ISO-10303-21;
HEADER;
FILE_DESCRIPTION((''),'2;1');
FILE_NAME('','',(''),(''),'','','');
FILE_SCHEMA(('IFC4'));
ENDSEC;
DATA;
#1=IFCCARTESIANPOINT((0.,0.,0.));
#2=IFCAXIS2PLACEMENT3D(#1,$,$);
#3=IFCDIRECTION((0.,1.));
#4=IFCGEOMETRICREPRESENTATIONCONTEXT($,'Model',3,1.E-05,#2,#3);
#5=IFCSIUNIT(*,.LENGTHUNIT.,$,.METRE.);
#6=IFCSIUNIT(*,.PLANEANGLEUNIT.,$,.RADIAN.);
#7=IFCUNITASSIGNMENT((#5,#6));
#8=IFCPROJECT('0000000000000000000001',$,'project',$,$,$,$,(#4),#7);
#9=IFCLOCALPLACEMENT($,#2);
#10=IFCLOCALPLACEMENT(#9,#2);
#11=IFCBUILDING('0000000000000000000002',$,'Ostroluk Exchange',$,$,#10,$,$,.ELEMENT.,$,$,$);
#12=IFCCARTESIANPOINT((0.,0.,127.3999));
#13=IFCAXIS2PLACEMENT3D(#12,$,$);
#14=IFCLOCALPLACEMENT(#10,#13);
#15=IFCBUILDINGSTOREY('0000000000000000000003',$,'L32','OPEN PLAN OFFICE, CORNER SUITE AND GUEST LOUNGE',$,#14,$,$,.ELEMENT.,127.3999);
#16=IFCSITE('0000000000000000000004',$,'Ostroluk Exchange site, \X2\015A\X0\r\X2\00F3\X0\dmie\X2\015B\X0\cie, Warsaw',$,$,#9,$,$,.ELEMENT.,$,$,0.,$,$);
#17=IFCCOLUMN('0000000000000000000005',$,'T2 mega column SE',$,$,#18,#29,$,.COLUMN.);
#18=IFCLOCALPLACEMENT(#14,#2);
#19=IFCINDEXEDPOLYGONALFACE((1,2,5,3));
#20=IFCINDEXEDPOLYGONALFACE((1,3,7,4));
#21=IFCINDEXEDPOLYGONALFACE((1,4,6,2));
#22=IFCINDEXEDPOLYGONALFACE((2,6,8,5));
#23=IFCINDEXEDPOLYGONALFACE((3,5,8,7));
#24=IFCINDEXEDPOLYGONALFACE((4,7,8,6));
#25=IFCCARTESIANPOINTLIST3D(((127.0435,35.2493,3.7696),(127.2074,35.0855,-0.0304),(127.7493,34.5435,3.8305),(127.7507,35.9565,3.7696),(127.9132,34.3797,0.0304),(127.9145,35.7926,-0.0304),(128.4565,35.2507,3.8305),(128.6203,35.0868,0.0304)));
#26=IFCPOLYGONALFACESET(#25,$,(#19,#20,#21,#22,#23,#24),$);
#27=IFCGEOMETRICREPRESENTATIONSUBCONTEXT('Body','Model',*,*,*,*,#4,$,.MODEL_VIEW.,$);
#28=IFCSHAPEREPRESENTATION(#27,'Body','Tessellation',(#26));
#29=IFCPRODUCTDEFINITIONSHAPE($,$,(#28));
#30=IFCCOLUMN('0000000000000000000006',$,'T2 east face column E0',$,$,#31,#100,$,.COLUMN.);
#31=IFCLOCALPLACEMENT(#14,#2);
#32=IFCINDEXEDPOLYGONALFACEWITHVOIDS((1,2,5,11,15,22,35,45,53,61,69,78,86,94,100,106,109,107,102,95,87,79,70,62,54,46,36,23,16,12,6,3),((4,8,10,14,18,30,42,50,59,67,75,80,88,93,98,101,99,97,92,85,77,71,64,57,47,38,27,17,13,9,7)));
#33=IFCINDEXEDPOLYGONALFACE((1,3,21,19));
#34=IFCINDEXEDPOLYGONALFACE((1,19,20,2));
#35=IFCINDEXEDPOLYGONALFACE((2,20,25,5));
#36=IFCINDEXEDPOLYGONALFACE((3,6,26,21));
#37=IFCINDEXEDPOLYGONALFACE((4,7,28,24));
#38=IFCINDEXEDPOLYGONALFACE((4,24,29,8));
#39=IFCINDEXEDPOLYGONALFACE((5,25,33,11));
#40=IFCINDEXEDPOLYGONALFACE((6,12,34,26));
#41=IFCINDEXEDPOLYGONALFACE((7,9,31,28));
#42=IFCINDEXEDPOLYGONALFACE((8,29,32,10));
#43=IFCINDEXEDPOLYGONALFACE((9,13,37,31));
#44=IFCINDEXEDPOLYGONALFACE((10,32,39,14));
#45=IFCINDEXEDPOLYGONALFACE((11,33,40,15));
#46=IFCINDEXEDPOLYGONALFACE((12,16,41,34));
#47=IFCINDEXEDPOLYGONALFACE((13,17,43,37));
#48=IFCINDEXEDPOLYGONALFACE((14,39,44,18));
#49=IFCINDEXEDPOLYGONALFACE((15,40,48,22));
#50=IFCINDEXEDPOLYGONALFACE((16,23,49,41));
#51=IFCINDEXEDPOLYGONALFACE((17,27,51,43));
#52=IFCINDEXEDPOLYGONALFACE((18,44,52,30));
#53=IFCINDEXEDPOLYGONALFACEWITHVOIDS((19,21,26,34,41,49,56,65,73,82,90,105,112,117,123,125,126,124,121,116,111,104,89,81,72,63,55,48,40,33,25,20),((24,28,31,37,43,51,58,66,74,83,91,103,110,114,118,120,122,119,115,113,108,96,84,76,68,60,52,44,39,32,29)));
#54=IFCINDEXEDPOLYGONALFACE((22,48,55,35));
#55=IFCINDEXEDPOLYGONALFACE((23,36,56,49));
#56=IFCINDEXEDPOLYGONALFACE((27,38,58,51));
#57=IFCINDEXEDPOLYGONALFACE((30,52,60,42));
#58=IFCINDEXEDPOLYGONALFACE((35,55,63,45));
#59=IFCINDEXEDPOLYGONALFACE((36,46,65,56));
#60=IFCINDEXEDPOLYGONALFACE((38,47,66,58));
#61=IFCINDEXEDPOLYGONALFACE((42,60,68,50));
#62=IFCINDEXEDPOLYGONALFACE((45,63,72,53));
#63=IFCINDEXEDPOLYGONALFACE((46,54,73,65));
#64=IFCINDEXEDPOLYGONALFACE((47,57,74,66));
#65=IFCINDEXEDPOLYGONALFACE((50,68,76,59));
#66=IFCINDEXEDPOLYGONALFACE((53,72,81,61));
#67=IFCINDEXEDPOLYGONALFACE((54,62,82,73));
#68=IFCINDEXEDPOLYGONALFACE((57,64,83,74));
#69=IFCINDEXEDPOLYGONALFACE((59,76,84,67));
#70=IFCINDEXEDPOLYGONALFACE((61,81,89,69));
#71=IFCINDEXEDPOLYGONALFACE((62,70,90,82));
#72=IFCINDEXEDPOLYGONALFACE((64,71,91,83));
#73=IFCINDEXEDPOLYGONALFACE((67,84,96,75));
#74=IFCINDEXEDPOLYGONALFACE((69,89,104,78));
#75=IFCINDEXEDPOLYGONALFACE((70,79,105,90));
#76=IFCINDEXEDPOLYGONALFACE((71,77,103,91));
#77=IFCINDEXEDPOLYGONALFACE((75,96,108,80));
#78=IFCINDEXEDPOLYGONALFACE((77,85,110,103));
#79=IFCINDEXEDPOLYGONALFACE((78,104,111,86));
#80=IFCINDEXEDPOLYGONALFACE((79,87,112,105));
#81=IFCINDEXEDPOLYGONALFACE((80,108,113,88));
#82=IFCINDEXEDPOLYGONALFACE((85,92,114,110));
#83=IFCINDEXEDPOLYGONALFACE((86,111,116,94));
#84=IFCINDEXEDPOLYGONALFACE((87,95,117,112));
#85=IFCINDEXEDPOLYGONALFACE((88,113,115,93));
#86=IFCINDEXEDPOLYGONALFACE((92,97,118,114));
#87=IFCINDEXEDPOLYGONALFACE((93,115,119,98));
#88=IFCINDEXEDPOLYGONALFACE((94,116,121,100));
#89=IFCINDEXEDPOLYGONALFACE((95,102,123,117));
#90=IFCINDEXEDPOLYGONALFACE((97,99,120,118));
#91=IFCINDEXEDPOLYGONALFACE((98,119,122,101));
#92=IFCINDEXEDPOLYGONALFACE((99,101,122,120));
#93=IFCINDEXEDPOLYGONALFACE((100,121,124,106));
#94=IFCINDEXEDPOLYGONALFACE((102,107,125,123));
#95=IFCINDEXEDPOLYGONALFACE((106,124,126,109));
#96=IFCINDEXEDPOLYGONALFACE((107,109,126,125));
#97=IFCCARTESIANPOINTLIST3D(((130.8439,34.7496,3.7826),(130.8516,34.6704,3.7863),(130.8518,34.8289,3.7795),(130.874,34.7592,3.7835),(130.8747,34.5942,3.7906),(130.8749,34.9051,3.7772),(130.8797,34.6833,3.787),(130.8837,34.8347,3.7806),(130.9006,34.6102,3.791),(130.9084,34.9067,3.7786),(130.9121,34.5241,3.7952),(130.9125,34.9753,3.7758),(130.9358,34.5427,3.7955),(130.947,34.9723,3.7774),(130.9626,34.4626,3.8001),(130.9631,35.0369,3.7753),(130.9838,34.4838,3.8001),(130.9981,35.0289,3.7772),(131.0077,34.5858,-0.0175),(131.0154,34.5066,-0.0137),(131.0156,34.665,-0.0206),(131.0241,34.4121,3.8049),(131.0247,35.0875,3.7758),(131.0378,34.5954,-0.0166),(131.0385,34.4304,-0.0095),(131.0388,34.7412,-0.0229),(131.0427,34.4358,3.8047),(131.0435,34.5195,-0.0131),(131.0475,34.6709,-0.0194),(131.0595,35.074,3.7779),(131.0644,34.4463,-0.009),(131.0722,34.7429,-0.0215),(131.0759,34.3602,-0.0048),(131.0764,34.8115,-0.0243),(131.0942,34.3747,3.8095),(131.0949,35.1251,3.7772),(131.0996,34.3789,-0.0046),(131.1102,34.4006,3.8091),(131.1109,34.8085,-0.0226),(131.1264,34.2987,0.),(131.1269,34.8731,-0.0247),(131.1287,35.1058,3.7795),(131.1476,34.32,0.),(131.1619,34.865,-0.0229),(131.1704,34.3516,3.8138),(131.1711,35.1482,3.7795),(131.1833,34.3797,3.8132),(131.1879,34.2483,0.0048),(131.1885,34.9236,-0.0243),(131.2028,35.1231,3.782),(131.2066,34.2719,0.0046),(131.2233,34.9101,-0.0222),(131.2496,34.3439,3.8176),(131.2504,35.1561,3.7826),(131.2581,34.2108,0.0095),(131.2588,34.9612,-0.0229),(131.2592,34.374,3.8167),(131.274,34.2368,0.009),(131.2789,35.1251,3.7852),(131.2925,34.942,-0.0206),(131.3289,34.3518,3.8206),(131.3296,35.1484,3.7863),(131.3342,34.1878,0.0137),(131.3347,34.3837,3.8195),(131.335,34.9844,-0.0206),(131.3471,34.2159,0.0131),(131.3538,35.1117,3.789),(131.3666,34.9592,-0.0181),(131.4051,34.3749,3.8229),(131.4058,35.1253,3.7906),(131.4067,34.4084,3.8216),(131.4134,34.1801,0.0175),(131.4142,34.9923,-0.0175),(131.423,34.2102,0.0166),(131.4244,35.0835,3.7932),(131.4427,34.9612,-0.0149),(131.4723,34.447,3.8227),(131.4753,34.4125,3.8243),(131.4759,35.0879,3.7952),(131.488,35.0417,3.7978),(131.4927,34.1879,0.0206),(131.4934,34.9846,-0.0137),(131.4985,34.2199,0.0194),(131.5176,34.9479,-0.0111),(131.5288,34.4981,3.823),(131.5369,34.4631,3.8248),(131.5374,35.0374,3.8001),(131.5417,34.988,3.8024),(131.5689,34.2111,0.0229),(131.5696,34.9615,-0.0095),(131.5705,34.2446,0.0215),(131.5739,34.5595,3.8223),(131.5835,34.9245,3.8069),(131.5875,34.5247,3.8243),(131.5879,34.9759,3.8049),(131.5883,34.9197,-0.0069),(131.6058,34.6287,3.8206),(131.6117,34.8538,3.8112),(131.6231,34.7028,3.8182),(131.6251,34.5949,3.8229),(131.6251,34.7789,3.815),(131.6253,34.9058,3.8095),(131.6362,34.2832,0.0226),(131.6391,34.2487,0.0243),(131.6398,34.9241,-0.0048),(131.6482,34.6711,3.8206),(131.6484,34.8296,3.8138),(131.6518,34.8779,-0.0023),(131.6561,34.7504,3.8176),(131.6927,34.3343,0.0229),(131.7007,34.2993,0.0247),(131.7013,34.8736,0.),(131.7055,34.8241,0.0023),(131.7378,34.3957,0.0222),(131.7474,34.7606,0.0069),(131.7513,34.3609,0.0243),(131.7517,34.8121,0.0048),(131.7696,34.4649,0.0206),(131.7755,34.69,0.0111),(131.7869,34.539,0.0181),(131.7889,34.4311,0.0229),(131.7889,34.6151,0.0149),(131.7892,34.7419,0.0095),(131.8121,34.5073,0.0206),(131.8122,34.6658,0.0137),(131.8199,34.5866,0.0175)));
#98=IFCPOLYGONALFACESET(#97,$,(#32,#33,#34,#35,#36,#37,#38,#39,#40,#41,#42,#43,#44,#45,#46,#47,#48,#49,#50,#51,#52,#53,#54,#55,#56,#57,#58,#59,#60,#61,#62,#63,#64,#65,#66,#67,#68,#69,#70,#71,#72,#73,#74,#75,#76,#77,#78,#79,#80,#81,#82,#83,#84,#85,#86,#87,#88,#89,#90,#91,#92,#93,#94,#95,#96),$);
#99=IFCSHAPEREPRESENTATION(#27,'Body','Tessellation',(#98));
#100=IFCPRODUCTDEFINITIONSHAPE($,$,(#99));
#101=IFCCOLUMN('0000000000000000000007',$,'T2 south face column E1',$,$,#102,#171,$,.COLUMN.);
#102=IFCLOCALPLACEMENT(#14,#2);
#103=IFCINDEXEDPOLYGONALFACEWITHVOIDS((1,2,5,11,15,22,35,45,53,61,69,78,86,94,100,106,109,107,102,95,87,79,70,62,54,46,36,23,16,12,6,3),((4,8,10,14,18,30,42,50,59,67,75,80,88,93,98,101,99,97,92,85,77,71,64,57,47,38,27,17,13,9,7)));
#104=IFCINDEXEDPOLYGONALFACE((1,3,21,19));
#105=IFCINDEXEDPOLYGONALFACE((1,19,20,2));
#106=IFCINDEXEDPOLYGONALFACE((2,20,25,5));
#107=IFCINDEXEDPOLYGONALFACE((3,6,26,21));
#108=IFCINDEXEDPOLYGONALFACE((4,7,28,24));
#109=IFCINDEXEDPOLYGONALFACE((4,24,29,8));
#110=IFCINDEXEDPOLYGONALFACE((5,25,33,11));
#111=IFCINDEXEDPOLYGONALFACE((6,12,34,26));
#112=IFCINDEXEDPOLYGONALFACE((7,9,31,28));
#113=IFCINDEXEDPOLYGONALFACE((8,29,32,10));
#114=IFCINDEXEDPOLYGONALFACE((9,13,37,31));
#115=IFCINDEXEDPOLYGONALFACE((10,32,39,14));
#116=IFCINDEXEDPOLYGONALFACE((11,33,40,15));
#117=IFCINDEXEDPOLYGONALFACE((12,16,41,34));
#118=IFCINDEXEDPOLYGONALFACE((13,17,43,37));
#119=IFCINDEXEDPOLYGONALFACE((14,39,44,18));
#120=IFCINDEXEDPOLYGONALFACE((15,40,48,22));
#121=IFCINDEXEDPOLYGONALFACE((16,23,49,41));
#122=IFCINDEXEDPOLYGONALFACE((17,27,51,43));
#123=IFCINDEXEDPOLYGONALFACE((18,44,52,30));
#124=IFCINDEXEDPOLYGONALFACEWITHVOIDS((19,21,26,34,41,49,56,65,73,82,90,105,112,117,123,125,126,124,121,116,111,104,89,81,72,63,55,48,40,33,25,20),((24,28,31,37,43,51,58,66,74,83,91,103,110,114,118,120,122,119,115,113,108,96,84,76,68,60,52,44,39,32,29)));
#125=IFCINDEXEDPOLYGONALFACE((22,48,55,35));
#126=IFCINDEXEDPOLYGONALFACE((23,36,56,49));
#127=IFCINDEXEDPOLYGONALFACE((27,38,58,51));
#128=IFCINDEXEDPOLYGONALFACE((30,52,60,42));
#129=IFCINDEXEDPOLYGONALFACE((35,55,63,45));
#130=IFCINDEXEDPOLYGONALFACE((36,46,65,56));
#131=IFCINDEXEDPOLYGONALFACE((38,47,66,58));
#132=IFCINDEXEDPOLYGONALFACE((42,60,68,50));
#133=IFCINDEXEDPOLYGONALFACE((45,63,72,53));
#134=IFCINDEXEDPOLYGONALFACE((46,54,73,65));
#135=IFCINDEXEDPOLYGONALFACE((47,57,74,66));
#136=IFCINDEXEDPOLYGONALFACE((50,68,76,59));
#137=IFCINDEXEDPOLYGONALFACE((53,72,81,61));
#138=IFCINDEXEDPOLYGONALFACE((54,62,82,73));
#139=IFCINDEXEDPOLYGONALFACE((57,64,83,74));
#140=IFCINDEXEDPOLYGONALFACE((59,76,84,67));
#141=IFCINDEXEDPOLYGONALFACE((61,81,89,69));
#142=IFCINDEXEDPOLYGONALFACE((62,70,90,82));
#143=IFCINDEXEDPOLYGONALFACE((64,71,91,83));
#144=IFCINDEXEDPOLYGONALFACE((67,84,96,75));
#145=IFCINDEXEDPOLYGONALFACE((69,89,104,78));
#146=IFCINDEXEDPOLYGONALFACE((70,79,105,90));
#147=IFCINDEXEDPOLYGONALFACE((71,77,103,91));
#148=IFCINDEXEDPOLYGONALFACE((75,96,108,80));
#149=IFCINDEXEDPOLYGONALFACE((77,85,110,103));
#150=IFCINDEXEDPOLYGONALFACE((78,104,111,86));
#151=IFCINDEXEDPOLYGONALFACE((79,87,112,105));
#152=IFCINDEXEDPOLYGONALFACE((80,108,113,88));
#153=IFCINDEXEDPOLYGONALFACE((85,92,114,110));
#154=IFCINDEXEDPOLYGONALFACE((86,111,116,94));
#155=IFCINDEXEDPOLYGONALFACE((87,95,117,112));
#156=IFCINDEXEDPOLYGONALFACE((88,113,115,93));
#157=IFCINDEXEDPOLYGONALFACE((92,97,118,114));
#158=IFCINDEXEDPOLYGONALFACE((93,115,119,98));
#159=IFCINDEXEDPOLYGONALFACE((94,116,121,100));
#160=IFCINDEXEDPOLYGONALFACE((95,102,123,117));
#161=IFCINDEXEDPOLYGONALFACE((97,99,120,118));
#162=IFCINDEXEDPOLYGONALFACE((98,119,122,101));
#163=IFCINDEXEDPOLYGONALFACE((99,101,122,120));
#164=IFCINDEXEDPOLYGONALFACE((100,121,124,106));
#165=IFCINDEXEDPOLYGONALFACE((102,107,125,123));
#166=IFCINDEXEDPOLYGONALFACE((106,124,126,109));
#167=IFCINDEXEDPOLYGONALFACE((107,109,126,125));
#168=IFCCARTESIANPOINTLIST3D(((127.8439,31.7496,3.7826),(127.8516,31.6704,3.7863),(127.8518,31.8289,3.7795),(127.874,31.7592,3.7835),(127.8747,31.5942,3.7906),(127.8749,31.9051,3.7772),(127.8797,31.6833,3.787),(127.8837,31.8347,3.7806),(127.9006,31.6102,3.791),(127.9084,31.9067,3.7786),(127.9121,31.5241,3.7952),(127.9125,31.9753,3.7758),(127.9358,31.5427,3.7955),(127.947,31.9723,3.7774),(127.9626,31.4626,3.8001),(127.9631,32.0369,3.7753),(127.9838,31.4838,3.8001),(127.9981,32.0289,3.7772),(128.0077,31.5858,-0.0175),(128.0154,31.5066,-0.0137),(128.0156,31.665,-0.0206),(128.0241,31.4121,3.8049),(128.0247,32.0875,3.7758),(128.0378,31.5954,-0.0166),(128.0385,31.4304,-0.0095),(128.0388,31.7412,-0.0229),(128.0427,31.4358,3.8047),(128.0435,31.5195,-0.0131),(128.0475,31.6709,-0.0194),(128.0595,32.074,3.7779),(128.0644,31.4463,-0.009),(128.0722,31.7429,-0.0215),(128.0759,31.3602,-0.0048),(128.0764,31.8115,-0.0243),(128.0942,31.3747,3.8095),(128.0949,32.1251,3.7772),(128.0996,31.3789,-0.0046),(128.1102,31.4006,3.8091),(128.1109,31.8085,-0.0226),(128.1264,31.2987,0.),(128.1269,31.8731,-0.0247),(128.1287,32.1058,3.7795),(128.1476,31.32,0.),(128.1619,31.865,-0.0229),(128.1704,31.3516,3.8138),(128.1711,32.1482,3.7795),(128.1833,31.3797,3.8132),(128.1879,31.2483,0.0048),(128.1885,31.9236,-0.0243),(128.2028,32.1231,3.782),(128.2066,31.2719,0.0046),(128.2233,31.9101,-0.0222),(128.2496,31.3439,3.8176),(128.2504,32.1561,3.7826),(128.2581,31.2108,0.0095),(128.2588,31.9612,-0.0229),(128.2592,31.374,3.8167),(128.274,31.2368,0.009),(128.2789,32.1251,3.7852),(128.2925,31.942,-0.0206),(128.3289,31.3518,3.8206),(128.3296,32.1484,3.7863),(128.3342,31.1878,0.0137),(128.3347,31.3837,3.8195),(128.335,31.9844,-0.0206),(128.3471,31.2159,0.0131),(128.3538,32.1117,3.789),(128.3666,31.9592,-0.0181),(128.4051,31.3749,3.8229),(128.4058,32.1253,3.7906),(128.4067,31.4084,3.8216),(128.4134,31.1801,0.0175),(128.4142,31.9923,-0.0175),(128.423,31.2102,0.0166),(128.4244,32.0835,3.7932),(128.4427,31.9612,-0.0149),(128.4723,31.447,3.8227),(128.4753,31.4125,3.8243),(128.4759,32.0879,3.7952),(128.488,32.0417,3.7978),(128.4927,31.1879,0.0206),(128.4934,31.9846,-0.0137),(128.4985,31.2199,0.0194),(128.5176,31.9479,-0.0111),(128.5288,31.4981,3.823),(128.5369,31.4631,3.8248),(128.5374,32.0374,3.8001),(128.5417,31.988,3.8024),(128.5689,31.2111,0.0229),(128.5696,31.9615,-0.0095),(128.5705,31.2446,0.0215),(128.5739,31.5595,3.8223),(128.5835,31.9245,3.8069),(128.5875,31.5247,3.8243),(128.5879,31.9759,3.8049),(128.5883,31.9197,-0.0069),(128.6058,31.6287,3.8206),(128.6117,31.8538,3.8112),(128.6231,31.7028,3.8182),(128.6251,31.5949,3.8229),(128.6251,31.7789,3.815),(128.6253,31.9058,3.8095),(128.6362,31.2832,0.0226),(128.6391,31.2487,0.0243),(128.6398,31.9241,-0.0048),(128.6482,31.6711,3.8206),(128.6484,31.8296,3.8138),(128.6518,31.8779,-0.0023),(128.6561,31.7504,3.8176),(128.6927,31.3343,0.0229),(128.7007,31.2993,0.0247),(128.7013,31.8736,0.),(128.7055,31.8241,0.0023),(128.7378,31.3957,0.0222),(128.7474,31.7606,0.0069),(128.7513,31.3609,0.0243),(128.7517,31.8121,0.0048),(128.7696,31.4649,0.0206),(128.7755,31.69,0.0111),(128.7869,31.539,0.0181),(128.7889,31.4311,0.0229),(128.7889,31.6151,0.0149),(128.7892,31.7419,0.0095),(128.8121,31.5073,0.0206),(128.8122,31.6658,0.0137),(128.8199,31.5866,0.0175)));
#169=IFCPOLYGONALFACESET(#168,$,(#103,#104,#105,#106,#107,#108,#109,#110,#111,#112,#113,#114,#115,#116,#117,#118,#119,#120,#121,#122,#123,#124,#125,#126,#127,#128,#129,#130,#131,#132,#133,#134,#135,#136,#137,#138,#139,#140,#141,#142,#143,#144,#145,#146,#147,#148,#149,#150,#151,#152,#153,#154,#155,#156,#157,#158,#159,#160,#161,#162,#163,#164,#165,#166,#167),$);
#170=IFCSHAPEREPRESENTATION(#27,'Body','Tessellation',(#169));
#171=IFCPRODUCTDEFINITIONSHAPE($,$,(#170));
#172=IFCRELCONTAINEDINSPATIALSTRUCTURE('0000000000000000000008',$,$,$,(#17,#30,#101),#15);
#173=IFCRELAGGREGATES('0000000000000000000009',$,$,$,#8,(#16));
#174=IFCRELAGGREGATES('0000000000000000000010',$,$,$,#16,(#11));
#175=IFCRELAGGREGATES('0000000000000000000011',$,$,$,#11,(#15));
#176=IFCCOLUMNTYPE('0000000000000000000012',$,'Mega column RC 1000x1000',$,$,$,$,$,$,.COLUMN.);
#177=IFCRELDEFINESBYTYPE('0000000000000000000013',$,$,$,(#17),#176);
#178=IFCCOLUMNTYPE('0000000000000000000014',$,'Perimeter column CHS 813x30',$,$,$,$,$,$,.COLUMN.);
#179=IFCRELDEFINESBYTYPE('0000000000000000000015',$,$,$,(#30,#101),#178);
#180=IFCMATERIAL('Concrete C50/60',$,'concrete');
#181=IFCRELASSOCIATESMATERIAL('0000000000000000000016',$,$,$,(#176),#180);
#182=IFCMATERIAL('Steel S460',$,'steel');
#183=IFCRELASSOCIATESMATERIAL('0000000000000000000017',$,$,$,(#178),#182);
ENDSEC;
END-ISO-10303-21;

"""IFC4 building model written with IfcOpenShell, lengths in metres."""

from ifc_helpers import new_model, si_unit, direction, frame, origin, origin_2d, place, context, subcontext, project, spatial, rectangle, hollow_circle, extrude, material, material_profile, profile_set, type_object, element, save


model = new_model("IFC4")

# Units and contexts
model_context = context("Model", 3, precision=1e-05, world=origin(), true_north=direction((0.0, 1.0)))
body_context = subcontext(model_context, "Body", "Model", "MODEL_VIEW")
ifc_project = project(units=[si_unit("LENGTHUNIT", "METRE"), si_unit("PLANEANGLEUNIT", "RADIAN")], contexts=[model_context])

# Site, building, storey
site_placement = place(None, origin())
site = spatial("IfcSite", under=ifc_project, at=site_placement, Name="Ostroluk Exchange site, Śródmieście, Warsaw", CompositionType="ELEMENT", RefElevation=0.0)
building_placement = place(site_placement, origin())
building = spatial("IfcBuilding", under=site, at=building_placement, Name="Ostroluk Exchange", CompositionType="ELEMENT")
storey_placement = place(building_placement, frame((0.0, 0.0, 127.3999)))
storey = spatial("IfcBuildingStorey", under=building, at=storey_placement, Name="L32", Description="OPEN PLAN OFFICE, CORNER SUITE AND GUEST LOUNGE", CompositionType="ELEMENT", Elevation=127.3999)

# Columns
ifc_material_1 = material(Name="Concrete C50/60", Category="concrete")
ifc_material_profile_1 = material_profile(ifc_material_1, rectangle(XDim=1.0, YDim=1.0, at=origin_2d()), Name="RC 1000x1000")
ifc_profile_set_1 = profile_set([ifc_material_profile_1], Name="Concrete C50/60")
column_type_1 = type_object("IfcColumnType", Name="Mega column RC 1000x1000", PredefinedType="COLUMN", material=ifc_profile_set_1)
column_placement = place(storey_placement, frame((127.9138, 35.0862, 0.0), z_axis=(-0.04303, 0.04303, 0.998147), x_axis=(-0.707107, -0.707107, 0.0)))
element("IfcColumn", 1, at=column_placement, inside=storey, type_object=column_type_1, Name="T2 mega column SE", PredefinedType="COLUMN", context=body_context, shape_type="SweptSolid", body=[
    extrude(rectangle(XDim=1.0, YDim=1.0, at=origin_2d()), origin(), (0.0, 0.0, 1.0), 3.8071),
])
ifc_material_2 = material(Name="Steel S460", Category="steel")
ifc_material_profile_2 = material_profile(ifc_material_2, hollow_circle(Radius=0.4065, WallThickness=0.03, at=origin_2d()), Name="CHS 813x30")
ifc_profile_set_2 = profile_set([ifc_material_profile_2], Name="Steel S460")
column_type_2 = type_object("IfcColumnType", Name="Perimeter column CHS 813x30", PredefinedType="COLUMN", material=ifc_profile_set_2)
for number, where, z_axis, x_axis, name in (
    (2, (131.4138, 34.5862, 0.0), (-0.04303, 0.04303, 0.998147), (-0.707107, -0.707107, 0.0), "T2 east face column E0"),
    (3, (128.4138, 31.5862, 0.0), (-0.04303, 0.04303, 0.998147), (-0.707107, -0.707107, 0.0), "T2 south face column E1"),
):
    element("IfcColumn", number, at=place(storey_placement, frame(where, z_axis=z_axis, x_axis=x_axis)), inside=storey, type_object=column_type_2, Name=name, PredefinedType="COLUMN", context=body_context, shape_type="SweptSolid", body=[
        extrude(hollow_circle(Radius=0.4065, WallThickness=0.03, at=origin_2d()), origin(), (0.0, 0.0, 1.0), 3.8071),
    ])

save(model, "model.ifc")
